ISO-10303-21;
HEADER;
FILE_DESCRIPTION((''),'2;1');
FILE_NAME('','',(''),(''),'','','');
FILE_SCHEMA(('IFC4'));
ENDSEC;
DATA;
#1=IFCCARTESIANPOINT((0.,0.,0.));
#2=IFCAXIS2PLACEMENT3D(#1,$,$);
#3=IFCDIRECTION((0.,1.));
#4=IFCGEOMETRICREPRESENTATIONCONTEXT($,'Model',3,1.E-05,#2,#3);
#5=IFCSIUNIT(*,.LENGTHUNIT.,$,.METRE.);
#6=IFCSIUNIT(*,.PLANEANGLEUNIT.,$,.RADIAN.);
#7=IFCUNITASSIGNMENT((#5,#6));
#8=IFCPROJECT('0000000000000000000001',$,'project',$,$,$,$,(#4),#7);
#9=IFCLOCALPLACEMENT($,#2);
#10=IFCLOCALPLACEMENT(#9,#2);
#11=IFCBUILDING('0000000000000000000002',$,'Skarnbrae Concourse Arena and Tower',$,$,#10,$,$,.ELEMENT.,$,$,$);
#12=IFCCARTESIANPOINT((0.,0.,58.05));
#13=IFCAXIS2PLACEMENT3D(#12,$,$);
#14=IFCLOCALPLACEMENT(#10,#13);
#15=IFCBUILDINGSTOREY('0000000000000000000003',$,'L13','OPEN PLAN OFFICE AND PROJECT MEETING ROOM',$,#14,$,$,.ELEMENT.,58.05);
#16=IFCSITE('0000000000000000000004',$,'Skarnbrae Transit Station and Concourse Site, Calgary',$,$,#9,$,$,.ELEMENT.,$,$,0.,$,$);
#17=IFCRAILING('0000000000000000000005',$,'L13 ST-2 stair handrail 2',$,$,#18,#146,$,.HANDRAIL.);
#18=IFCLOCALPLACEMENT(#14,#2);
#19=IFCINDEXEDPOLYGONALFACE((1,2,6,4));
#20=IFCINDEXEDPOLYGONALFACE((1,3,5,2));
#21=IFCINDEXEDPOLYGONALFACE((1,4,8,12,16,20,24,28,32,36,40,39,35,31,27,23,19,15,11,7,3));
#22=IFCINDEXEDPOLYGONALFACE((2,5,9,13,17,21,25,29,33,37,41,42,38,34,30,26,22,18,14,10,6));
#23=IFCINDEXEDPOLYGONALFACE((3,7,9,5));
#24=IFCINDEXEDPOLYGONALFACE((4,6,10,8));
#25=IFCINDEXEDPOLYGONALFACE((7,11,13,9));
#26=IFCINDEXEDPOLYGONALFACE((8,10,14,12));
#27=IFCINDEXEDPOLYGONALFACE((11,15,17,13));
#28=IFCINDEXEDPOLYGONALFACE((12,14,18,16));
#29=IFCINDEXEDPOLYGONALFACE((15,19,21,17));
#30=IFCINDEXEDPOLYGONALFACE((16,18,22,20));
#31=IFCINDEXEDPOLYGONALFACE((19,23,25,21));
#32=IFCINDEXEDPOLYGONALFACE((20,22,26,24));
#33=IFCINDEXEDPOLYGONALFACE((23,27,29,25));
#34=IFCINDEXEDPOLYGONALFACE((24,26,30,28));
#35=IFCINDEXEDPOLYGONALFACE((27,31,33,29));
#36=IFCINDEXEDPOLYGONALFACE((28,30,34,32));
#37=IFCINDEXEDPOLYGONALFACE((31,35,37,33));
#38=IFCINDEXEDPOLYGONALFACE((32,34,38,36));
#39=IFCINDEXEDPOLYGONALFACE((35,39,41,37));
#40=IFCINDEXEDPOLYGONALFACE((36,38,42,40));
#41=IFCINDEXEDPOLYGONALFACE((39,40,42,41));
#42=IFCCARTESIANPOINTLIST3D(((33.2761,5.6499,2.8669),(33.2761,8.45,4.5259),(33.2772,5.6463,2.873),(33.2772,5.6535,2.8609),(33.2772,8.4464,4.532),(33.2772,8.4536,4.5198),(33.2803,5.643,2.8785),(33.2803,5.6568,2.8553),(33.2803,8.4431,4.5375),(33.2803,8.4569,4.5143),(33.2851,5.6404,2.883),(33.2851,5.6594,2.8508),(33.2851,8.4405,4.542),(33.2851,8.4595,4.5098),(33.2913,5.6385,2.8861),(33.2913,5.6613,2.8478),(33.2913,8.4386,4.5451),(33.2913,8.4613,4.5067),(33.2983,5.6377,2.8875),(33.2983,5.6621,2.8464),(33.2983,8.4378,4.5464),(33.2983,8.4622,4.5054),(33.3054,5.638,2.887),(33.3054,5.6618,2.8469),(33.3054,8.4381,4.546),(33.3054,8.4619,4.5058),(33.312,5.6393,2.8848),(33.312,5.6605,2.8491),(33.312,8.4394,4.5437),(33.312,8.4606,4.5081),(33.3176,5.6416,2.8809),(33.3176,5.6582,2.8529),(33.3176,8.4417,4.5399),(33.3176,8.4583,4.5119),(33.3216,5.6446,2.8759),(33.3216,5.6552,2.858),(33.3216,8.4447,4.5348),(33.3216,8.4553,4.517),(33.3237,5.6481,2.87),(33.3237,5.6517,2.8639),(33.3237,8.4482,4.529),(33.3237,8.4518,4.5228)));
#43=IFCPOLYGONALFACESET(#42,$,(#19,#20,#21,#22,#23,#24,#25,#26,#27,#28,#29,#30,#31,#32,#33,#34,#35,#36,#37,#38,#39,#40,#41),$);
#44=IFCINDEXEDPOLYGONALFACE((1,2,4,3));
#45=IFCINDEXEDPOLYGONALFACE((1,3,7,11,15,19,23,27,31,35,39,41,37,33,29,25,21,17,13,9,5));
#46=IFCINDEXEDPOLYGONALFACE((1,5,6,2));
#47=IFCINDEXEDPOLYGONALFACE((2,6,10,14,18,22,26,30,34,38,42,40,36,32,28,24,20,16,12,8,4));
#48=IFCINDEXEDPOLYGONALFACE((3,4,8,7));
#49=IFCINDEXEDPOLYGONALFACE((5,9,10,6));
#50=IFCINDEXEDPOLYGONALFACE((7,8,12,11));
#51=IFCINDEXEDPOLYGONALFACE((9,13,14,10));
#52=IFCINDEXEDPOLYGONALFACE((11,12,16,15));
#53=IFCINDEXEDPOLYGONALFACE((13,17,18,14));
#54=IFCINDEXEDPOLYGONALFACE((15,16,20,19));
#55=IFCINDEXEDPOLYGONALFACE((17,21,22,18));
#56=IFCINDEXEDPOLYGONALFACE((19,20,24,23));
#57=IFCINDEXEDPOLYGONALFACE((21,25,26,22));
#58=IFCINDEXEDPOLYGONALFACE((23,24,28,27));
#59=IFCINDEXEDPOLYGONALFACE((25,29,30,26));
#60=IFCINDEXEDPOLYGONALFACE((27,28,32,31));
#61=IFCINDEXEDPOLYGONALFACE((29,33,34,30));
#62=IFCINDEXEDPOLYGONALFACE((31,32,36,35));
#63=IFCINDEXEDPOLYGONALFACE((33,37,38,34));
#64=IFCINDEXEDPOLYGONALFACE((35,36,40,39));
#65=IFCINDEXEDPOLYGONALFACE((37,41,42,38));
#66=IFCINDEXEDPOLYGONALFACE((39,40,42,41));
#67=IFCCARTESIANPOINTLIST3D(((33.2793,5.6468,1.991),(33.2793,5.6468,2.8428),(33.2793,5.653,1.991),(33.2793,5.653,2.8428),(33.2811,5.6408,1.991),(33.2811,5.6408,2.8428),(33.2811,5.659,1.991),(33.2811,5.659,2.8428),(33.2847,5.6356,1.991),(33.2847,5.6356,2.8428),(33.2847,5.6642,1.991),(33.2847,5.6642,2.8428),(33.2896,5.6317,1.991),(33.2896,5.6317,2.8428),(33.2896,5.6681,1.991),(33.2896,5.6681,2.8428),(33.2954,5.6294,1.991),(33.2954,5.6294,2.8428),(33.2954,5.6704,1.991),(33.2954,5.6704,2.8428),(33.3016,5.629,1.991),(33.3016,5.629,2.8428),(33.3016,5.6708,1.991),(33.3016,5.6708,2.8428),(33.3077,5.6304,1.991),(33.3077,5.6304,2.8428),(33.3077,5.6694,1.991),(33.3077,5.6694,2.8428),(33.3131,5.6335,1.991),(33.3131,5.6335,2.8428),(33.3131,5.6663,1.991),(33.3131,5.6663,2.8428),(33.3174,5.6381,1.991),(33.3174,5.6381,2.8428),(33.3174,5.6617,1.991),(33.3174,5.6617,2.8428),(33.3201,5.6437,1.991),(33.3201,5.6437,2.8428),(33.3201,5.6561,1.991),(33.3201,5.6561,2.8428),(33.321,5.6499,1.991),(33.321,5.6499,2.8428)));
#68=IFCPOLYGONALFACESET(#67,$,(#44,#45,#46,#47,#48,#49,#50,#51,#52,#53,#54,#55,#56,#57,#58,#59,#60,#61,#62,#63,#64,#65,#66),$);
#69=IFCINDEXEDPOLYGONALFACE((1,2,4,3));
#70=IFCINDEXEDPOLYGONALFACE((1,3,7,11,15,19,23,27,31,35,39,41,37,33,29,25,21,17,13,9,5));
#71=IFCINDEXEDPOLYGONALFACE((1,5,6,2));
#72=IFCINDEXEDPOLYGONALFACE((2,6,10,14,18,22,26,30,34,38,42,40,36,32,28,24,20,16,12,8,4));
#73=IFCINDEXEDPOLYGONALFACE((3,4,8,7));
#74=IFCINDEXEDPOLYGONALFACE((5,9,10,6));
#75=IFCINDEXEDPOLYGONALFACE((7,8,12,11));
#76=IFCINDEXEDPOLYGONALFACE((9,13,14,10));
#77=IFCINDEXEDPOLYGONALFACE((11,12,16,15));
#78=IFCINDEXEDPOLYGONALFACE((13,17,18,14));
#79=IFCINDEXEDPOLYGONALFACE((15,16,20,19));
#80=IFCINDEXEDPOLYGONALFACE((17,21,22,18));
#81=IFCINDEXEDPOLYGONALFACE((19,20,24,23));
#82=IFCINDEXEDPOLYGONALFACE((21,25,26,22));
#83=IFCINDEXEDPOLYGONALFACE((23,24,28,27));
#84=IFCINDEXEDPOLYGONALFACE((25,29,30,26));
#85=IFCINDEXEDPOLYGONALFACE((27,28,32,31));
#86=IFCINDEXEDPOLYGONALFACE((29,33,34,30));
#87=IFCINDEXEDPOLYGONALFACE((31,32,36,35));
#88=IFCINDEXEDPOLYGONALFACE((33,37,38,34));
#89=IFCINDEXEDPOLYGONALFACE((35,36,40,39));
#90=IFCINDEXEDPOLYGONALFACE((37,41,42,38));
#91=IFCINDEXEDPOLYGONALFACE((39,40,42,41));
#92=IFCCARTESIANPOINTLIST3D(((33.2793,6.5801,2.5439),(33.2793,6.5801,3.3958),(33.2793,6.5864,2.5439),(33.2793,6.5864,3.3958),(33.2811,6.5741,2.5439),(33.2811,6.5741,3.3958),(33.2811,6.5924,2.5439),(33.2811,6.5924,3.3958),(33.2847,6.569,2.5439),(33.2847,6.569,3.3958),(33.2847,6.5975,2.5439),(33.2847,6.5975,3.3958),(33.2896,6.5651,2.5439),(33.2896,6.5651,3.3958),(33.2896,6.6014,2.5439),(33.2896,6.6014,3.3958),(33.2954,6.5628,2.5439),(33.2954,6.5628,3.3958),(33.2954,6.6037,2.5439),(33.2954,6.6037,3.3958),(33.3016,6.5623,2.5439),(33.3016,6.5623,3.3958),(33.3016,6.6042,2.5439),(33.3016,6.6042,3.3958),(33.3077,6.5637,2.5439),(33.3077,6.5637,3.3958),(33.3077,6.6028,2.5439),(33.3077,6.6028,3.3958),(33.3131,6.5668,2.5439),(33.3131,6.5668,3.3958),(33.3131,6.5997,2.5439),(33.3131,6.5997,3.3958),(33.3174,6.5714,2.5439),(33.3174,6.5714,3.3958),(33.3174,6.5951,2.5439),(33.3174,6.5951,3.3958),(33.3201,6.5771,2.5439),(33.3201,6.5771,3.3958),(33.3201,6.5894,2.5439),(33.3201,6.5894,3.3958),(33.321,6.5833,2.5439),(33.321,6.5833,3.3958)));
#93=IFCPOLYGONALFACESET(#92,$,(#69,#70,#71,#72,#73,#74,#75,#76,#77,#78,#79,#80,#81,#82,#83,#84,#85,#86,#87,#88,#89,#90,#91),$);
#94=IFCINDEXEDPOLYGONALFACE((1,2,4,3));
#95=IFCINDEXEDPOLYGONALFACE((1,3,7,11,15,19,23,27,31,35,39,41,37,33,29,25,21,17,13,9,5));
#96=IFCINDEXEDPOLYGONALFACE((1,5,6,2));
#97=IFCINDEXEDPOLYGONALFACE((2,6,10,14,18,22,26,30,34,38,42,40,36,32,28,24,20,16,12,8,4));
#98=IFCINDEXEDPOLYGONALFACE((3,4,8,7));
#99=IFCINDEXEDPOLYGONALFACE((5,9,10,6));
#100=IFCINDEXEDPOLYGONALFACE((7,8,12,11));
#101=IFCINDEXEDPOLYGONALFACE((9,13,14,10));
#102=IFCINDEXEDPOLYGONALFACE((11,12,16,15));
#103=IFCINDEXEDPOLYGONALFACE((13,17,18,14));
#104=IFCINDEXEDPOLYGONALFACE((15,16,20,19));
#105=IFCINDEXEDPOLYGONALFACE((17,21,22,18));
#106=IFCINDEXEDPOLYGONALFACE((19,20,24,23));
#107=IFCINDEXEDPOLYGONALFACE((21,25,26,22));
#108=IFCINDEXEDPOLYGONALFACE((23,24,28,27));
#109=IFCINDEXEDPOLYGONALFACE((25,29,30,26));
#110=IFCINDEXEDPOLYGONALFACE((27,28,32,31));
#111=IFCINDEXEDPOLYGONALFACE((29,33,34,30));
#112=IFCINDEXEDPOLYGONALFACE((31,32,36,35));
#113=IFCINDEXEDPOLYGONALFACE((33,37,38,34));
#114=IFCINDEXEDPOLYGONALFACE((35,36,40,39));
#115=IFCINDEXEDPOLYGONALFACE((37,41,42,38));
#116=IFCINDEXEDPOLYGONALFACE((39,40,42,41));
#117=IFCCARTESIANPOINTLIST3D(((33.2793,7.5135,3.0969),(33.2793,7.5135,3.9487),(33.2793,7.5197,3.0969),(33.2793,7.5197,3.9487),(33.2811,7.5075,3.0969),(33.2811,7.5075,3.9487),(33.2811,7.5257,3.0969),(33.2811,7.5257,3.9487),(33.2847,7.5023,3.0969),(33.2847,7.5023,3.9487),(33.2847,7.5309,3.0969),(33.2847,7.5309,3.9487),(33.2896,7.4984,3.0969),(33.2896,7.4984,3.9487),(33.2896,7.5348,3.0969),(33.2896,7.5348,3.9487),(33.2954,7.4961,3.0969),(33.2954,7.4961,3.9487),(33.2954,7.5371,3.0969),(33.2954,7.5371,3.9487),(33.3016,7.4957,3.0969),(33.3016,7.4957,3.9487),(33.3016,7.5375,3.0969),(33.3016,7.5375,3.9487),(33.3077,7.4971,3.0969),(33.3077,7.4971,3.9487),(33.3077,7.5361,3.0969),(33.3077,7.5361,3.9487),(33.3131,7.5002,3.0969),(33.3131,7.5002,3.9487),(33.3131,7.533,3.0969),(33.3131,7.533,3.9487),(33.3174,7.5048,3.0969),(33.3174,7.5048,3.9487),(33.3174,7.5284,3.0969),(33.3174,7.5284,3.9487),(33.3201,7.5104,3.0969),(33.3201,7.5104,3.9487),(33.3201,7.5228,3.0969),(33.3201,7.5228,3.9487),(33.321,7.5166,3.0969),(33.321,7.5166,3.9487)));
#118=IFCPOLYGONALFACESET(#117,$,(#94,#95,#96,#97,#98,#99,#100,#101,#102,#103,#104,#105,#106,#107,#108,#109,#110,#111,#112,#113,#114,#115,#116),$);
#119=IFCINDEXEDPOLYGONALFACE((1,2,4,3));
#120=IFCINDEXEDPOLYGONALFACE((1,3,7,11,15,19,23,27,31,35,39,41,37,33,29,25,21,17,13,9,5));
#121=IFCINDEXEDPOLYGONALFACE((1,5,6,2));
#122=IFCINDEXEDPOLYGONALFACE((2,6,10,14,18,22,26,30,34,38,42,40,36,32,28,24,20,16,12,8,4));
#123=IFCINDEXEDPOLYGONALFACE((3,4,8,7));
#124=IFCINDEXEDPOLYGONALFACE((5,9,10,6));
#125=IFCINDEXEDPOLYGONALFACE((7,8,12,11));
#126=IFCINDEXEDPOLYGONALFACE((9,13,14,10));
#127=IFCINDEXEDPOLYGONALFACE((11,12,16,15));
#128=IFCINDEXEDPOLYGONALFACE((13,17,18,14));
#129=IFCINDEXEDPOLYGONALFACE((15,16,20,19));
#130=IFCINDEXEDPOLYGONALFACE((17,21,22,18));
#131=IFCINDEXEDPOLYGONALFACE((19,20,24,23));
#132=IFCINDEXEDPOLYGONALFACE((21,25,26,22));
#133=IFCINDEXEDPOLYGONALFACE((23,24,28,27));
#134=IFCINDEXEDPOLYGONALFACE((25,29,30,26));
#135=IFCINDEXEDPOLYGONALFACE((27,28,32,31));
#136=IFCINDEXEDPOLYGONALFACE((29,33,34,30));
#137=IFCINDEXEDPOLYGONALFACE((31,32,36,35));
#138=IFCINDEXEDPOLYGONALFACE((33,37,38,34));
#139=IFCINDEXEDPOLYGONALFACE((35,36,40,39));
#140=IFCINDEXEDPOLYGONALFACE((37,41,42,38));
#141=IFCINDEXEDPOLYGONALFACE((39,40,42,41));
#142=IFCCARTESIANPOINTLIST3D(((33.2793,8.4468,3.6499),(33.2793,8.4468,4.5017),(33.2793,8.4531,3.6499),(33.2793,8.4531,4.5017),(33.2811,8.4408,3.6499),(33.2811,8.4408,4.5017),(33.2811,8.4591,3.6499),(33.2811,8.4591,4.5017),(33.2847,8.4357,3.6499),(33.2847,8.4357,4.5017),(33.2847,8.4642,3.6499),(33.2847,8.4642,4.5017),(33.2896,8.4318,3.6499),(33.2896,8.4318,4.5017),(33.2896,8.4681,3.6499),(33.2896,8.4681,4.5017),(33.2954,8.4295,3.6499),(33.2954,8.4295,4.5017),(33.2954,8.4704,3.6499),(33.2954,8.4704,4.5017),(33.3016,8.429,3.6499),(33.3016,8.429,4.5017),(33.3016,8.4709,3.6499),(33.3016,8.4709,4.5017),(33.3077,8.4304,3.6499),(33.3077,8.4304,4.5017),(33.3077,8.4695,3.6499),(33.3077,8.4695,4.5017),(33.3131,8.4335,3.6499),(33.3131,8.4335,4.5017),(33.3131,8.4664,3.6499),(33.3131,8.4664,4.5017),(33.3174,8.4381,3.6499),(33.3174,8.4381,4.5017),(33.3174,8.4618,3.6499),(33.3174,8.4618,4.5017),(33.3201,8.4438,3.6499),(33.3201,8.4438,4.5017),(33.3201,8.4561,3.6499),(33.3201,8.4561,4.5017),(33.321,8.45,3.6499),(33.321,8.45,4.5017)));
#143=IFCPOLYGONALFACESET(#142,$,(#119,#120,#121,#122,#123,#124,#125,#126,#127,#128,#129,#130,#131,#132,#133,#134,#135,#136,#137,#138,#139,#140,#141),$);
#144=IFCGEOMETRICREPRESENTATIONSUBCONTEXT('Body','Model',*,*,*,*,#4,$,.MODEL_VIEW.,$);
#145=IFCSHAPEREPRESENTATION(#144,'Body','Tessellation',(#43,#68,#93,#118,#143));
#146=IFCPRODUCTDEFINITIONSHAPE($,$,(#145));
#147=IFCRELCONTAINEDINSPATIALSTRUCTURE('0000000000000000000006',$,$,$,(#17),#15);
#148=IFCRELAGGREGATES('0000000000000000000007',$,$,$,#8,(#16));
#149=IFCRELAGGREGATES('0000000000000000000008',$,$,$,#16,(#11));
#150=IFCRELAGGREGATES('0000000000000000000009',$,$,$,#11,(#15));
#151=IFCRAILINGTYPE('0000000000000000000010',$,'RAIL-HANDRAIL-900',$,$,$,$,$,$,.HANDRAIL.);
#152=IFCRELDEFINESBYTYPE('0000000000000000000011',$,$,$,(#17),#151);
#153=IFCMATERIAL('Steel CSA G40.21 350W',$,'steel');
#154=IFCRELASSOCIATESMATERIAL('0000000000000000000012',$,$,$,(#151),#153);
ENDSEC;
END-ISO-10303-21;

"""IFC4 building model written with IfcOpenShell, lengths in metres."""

from ifc_helpers import new_model, si_unit, direction, frame, origin, origin_2d, place, context, subcontext, project, spatial, circle, extrude, material, type_object, element, save


model = new_model("IFC4")

# Units and contexts
model_context = context("Model", 3, precision=1e-05, world=origin(), true_north=direction((0.0, 1.0)))
body_context = subcontext(model_context, "Body", "Model", "MODEL_VIEW")
ifc_project = project(units=[si_unit("LENGTHUNIT", "METRE"), si_unit("PLANEANGLEUNIT", "RADIAN")], contexts=[model_context])

# Site, building, storey
site_placement = place(None, origin())
site = spatial("IfcSite", under=ifc_project, at=site_placement, Name="Skarnbrae Transit Station and Concourse Site, Calgary", CompositionType="ELEMENT", RefElevation=0.0)
building_placement = place(site_placement, origin())
building = spatial("IfcBuilding", under=site, at=building_placement, Name="Skarnbrae Concourse Arena and Tower", CompositionType="ELEMENT")
storey_placement = place(building_placement, frame((0.0, 0.0, 58.05)))
storey = spatial("IfcBuildingStorey", under=building, at=storey_placement, Name="L13", Description="OPEN PLAN OFFICE AND PROJECT MEETING ROOM", CompositionType="ELEMENT", Elevation=58.05)

# Shared definitions
ifc_material_1 = material(Name="Steel CSA G40.21 350W", Category="steel")

# Railing
railing_type_1 = type_object("IfcRailingType", Name="RAIL-HANDRAIL-900", PredefinedType="HANDRAIL", material=ifc_material_1)
railing_1_placement = place(storey_placement, frame((33.3, 5.6499, 1.991)))
element("IfcRailing", 1, at=railing_1_placement, inside=storey, type_object=railing_type_1, Name="L13 ST-2 stair handrail 2", PredefinedType="HANDRAIL", context=body_context, shape_type="SweptSolid", body=[
    extrude(circle(Radius=0.0239, at=origin_2d()), frame((0.0, 0.0, 0.876), z_axis=(0.0, 0.860339, 0.509722), x_axis=(-1.0, 0.0, 0.0)), (0.0, 0.0, 1.0), 3.2546),
    extrude(circle(Radius=0.021, at=origin_2d()), origin(), (0.0, 0.0, 1.0), 0.8518),
    extrude(circle(Radius=0.021, at=origin_2d()), frame((0.0, 0.9333, 0.553)), (0.0, 0.0, 1.0), 0.8518),
    extrude(circle(Radius=0.021, at=origin_2d()), frame((0.0, 1.8667, 1.106)), (0.0, 0.0, 1.0), 0.8518),
    extrude(circle(Radius=0.021, at=origin_2d()), frame((0.0, 2.8, 1.6589)), (0.0, 0.0, 1.0), 0.8518),
])

save(model, "model.ifc")
